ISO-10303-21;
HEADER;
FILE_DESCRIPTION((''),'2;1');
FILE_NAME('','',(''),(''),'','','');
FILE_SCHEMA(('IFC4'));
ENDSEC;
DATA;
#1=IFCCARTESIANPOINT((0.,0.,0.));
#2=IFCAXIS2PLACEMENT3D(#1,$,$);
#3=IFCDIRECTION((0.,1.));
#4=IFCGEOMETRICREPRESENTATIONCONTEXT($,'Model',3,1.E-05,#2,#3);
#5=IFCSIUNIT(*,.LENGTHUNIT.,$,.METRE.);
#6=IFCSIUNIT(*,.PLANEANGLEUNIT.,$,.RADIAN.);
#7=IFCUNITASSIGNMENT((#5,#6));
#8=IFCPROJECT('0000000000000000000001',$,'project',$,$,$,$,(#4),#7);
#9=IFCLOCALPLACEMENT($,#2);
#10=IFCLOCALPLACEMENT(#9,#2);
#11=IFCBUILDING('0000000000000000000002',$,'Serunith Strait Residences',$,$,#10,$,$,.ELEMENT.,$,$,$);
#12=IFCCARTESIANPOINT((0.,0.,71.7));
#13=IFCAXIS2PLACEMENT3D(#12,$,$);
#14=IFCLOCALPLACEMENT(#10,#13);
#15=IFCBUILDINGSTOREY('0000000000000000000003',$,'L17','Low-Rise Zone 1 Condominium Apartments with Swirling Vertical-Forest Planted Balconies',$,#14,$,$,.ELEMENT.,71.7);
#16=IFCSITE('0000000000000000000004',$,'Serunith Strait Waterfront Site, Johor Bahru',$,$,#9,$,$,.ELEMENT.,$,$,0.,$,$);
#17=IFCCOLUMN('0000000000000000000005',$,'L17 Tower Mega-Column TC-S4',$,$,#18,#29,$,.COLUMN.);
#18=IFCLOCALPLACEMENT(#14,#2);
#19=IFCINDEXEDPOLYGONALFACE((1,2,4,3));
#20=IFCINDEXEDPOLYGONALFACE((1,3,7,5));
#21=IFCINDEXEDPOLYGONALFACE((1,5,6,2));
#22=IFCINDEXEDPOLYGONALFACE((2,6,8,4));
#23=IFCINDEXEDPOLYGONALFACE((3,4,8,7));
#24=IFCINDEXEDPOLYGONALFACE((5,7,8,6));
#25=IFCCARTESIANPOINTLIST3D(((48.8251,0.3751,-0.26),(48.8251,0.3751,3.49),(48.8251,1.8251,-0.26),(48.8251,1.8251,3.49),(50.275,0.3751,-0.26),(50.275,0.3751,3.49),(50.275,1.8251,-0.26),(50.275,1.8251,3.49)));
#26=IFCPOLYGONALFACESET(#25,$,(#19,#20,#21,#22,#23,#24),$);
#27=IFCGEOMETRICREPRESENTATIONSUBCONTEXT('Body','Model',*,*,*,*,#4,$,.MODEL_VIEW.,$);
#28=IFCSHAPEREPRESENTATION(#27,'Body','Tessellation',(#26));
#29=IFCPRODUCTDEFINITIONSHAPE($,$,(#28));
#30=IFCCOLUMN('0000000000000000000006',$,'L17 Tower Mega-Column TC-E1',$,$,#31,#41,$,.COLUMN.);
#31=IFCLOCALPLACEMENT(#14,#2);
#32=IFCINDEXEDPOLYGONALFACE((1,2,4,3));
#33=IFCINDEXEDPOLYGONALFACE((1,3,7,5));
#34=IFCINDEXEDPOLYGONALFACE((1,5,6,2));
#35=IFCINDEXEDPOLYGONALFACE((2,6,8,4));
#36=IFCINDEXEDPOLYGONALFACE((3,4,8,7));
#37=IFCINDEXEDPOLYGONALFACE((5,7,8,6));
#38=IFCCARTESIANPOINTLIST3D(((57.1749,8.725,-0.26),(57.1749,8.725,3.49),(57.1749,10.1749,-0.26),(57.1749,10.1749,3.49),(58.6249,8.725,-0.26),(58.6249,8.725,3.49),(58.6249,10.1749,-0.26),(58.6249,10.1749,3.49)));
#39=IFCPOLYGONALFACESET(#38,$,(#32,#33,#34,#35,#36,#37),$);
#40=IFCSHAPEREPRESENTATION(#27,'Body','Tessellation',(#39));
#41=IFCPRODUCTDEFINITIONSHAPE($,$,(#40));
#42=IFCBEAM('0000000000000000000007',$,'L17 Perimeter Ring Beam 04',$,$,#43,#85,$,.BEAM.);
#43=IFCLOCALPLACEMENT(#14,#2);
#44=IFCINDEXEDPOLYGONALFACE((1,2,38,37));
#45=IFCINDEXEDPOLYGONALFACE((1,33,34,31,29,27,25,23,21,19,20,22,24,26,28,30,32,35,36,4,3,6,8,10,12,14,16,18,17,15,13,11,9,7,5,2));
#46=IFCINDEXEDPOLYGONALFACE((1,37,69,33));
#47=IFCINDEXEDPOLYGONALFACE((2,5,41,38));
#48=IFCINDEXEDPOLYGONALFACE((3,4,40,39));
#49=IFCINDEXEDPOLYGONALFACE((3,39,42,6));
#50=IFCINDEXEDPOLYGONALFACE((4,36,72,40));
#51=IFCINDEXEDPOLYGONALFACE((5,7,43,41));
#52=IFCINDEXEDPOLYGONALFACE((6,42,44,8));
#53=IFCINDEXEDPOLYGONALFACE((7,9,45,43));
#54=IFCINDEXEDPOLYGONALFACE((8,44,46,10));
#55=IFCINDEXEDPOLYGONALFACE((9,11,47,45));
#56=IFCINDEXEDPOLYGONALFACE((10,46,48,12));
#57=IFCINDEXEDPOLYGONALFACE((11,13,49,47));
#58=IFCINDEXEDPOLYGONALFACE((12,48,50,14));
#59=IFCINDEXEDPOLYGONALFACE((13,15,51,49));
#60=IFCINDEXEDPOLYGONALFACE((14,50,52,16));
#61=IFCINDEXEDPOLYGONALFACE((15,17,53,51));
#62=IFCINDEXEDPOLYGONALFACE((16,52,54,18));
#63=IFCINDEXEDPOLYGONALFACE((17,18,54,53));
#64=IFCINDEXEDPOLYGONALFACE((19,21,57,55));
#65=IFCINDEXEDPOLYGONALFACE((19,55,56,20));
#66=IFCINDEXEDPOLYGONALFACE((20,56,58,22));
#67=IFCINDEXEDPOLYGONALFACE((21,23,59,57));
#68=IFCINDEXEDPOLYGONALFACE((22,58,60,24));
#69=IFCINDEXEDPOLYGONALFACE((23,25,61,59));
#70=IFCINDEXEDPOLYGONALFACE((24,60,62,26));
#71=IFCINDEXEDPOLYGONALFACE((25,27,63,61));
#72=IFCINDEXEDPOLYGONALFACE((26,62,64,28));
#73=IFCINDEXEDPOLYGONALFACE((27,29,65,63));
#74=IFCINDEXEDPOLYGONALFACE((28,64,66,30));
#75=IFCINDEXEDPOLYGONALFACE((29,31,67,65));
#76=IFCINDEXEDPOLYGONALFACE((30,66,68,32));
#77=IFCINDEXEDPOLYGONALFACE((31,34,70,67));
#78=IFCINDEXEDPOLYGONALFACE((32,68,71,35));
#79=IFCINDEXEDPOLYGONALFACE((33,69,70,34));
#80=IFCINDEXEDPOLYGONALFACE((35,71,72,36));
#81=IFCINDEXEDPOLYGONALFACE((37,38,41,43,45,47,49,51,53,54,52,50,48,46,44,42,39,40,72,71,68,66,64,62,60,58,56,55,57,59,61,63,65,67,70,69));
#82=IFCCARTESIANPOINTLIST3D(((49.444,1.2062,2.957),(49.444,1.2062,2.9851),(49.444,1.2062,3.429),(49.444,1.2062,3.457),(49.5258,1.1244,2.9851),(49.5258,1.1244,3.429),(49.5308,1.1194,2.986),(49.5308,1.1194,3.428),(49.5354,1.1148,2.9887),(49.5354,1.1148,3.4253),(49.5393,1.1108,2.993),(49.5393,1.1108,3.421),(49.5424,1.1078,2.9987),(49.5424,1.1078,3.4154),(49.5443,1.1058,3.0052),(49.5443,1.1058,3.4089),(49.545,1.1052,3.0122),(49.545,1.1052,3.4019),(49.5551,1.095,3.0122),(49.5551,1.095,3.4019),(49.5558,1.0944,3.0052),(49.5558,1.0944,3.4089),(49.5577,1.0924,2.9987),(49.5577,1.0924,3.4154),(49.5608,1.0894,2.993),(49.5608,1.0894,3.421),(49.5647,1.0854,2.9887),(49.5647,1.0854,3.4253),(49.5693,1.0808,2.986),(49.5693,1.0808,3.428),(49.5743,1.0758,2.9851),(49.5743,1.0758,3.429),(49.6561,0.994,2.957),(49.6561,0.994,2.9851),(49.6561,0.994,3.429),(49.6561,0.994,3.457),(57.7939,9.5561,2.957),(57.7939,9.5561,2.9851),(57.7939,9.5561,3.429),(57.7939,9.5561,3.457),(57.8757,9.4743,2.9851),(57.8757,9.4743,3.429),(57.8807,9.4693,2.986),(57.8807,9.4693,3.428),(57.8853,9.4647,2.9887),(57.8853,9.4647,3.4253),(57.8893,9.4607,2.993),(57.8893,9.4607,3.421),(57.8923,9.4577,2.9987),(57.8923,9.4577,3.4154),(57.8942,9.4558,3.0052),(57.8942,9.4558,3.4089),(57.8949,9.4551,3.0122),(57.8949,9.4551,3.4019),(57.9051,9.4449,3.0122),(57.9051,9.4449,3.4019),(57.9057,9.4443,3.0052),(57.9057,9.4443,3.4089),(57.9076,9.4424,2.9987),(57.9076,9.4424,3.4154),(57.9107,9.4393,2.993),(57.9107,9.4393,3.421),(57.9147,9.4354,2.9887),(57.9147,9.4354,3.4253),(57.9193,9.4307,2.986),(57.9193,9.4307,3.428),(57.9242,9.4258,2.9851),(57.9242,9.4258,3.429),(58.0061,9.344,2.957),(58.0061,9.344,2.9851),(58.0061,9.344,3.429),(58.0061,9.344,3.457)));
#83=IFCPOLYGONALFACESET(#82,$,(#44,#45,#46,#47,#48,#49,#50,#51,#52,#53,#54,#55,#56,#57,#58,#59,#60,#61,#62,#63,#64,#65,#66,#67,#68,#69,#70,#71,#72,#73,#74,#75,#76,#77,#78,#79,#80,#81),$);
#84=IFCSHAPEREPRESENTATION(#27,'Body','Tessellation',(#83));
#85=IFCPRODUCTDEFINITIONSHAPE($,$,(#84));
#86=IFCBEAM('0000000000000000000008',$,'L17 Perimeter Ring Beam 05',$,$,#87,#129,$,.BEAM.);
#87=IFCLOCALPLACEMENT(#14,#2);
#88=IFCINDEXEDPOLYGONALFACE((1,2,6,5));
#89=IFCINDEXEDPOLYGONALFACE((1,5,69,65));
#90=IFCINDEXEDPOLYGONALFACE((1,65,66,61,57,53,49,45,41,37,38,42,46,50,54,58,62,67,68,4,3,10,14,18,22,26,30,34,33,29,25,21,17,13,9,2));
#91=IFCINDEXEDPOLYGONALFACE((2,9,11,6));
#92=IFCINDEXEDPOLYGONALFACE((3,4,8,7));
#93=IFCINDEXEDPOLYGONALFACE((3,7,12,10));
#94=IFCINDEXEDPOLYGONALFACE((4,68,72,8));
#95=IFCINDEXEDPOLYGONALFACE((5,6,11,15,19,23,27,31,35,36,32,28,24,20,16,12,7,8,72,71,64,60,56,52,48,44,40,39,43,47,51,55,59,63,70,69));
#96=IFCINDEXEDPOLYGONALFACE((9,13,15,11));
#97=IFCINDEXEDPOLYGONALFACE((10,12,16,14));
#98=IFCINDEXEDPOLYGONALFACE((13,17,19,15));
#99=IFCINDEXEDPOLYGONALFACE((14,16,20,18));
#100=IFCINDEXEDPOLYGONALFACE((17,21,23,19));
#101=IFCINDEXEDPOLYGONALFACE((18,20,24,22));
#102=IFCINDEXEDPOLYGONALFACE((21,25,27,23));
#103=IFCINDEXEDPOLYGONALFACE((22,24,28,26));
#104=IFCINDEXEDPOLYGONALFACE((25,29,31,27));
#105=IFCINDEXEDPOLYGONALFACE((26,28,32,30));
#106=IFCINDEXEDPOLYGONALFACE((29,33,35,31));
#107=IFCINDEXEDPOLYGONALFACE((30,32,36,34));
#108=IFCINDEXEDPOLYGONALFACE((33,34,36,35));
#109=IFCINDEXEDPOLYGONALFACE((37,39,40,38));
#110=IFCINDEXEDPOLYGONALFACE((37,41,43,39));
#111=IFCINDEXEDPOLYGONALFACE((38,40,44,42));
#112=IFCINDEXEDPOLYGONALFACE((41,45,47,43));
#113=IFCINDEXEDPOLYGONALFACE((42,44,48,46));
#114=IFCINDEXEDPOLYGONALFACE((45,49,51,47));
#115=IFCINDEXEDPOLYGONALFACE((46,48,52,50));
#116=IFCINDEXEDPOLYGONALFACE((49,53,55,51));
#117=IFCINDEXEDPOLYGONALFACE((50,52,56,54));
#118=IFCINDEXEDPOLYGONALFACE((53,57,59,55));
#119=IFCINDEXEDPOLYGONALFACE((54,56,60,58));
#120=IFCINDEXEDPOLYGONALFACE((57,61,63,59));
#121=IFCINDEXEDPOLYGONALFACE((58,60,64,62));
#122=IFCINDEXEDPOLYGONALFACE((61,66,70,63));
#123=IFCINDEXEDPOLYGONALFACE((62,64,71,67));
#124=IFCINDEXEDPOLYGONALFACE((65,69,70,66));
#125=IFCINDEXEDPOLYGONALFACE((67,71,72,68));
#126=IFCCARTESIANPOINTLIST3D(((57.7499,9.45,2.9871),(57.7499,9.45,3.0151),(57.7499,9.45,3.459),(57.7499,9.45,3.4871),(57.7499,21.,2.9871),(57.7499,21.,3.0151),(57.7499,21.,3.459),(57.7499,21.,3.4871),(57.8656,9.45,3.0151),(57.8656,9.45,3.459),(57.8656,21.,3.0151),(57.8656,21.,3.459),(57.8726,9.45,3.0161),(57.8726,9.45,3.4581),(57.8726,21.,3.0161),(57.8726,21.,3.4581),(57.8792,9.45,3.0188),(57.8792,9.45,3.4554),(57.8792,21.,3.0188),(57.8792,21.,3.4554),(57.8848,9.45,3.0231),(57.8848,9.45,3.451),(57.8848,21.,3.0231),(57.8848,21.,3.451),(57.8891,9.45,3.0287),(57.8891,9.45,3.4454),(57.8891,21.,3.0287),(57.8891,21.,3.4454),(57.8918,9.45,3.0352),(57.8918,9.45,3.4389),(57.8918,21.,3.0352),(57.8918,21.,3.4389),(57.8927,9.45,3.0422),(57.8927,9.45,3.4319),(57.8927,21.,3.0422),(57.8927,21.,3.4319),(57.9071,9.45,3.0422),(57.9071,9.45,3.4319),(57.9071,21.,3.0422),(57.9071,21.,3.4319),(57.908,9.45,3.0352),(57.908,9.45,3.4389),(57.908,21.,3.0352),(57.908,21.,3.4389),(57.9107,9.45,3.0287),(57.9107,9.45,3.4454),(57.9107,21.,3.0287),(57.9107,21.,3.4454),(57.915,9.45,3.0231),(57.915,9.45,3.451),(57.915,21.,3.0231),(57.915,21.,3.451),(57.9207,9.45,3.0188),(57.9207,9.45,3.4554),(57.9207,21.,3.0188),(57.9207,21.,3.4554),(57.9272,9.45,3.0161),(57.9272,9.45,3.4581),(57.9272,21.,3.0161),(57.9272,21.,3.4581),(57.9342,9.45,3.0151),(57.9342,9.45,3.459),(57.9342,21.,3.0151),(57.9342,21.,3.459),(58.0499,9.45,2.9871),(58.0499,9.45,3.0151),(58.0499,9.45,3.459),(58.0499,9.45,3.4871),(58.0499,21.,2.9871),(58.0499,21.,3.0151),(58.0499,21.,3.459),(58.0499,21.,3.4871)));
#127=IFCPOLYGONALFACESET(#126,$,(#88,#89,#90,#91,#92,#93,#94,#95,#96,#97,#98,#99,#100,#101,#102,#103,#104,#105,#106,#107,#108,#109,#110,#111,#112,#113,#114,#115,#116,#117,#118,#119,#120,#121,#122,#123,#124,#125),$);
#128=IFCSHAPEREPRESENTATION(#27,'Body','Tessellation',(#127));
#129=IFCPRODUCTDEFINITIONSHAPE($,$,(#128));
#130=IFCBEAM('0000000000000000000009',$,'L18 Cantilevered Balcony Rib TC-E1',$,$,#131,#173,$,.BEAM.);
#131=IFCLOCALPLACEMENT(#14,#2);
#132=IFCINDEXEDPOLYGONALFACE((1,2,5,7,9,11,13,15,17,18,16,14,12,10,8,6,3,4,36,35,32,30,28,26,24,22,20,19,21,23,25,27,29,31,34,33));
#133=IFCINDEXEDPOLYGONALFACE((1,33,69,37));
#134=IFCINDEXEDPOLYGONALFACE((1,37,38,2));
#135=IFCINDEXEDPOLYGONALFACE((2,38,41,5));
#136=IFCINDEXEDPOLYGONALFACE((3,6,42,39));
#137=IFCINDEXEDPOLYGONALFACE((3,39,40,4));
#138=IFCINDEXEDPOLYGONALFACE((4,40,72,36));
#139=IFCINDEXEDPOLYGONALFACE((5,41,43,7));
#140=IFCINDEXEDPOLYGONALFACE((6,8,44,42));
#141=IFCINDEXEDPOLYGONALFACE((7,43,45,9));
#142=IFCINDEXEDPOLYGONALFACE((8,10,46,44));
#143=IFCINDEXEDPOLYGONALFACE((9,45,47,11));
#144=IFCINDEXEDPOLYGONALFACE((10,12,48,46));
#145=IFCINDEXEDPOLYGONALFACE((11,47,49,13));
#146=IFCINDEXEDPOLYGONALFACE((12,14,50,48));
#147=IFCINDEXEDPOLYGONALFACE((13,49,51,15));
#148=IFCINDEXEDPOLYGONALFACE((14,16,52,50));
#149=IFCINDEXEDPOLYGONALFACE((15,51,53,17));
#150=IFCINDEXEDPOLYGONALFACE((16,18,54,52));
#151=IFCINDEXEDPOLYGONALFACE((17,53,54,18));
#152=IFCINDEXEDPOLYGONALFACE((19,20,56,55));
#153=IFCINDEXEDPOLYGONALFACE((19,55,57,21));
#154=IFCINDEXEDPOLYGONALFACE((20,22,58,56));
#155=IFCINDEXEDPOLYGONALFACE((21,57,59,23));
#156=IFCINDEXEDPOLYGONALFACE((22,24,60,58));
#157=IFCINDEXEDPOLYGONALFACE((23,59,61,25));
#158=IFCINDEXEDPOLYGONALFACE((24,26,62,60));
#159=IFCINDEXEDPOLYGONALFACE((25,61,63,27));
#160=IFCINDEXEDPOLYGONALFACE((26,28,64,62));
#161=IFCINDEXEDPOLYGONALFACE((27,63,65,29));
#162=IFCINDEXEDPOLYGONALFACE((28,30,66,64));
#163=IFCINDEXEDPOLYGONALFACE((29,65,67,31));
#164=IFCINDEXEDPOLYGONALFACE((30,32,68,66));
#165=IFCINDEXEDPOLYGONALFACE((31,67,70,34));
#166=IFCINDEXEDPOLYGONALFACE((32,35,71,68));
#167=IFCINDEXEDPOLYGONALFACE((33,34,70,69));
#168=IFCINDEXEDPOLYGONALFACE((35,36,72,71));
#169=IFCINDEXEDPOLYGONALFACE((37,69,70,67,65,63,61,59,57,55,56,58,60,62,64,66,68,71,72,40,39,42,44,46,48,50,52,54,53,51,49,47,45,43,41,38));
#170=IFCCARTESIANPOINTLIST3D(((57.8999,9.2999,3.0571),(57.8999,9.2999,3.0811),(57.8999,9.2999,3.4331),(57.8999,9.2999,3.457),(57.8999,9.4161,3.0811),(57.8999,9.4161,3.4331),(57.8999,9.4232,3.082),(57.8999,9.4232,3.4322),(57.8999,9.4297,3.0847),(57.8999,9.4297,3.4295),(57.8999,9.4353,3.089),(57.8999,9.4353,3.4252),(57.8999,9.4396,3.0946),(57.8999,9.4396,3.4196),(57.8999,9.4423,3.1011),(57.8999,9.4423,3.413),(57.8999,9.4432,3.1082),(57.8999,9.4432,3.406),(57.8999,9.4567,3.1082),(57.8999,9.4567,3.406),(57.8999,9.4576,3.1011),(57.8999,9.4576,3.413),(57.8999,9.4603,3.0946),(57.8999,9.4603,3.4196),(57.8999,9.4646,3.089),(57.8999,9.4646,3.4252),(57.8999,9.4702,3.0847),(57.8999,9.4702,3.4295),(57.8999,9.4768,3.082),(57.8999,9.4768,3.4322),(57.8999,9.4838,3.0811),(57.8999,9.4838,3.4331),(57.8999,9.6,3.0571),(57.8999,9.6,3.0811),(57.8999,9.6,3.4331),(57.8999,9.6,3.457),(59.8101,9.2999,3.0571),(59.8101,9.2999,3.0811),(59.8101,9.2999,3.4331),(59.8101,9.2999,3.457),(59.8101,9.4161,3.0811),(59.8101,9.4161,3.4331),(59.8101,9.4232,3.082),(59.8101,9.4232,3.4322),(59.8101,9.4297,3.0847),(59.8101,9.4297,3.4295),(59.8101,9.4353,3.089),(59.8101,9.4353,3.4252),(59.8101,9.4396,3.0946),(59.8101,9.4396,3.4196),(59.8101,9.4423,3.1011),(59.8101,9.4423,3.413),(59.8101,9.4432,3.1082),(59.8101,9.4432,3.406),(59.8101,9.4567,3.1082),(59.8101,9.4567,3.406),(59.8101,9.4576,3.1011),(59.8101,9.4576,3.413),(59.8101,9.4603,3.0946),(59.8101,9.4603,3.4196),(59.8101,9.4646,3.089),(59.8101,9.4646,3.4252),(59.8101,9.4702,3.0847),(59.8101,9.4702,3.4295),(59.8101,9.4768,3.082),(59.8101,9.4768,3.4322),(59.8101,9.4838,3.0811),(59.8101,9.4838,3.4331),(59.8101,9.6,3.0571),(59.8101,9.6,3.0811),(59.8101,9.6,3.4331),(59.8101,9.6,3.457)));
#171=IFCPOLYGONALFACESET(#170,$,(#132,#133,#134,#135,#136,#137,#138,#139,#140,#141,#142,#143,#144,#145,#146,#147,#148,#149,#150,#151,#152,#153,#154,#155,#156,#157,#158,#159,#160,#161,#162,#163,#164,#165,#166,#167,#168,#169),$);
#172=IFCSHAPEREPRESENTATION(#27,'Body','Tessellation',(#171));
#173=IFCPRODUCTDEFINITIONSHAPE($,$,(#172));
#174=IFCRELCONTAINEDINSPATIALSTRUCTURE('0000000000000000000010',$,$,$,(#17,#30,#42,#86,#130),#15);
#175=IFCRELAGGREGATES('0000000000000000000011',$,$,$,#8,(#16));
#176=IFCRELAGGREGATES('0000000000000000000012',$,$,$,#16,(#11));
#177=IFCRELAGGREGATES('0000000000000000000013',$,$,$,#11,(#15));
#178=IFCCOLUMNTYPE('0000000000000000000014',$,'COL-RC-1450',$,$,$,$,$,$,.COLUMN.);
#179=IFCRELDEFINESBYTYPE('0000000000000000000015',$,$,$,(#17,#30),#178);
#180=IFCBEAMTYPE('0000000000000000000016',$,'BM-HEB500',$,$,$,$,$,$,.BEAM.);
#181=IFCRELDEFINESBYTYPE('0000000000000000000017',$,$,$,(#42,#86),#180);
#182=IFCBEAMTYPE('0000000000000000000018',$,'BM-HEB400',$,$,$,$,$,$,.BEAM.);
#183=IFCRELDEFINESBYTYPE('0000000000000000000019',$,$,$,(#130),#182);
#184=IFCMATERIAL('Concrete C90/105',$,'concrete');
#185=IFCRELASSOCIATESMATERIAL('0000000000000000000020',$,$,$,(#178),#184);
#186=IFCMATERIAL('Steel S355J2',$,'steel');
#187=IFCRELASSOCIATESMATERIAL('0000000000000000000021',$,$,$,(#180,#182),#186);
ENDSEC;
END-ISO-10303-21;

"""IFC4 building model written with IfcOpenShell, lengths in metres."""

from ifc_helpers import new_model, si_unit, direction, frame, origin, origin_2d, place, context, subcontext, project, spatial, rectangle, i_section, extrude, source, transform, mapped, material, material_profile, profile_set, type_object, element, save


model = new_model("IFC4")

# Units and contexts
model_context = context("Model", 3, precision=1e-05, world=origin(), true_north=direction((0.0, 1.0)))
body_context = subcontext(model_context, "Body", "Model", "MODEL_VIEW")
ifc_project = project(units=[si_unit("LENGTHUNIT", "METRE"), si_unit("PLANEANGLEUNIT", "RADIAN")], contexts=[model_context])

# Site, building, storey
site_placement = place(None, origin())
site = spatial("IfcSite", under=ifc_project, at=site_placement, Name="Serunith Strait Waterfront Site, Johor Bahru", CompositionType="ELEMENT", RefElevation=0.0)
building_placement = place(site_placement, origin())
building = spatial("IfcBuilding", under=site, at=building_placement, Name="Serunith Strait Residences", CompositionType="ELEMENT")
storey_placement = place(building_placement, frame((0.0, 0.0, 71.7)))
storey = spatial("IfcBuildingStorey", under=building, at=storey_placement, Name="L17", Description="Low-Rise Zone 1 Condominium Apartments with Swirling Vertical-Forest Planted Balconies", CompositionType="ELEMENT", Elevation=71.7)

# Columns
ifc_material_1 = material(Name="Concrete C90/105", Category="concrete")
ifc_material_profile_1 = material_profile(ifc_material_1, rectangle(XDim=1.45, YDim=1.45, at=origin_2d()), Name="RC 1450x1450")
ifc_profile_set_1 = profile_set([ifc_material_profile_1], Name="Concrete C90/105")
column_type = type_object("IfcColumnType", Name="COL-RC-1450", PredefinedType="COLUMN", material=ifc_profile_set_1)
shared_shape_1 = source(origin(), body_context, "Body", "SweptSolid", [
    extrude(rectangle(XDim=1.45, YDim=1.45, at=origin_2d()), origin(), (0.0, 0.0, 1.0), 3.75),
])
for number, where, z_axis, x_axis, name in (
    (1, (49.55, 1.1001, -0.26), (0.0, 0.0, 1.0), (1.0, 0.0, 0.0), "L17 Tower Mega-Column TC-S4"),
    (2, (57.8999, 9.45, -0.26), (0.0, 0.0, 1.0), (1.0, 0.0, 0.0), "L17 Tower Mega-Column TC-E1"),
):
    element("IfcColumn", number, at=place(storey_placement, frame(where, z_axis=z_axis, x_axis=x_axis)), inside=storey, type_object=column_type, Name=name, PredefinedType="COLUMN", context=body_context, shape_type="MappedRepresentation", body=[
        mapped(shared_shape_1, transform((0.0, 0.0, 0.0), scale=1.0)),
    ])

# Beams
ifc_material_2 = material(Name="Steel S355J2", Category="steel")
ifc_material_profile_2 = material_profile(ifc_material_2, i_section(OverallWidth=0.3, OverallDepth=0.5, WebThickness=0.0144, FlangeThickness=0.0281, FilletRadius=0.0271, at=origin_2d()), Name="HEB 500")
ifc_profile_set_2 = profile_set([ifc_material_profile_2], Name="Steel S355J2")
beam_type_1 = type_object("IfcBeamType", Name="BM-HEB500", PredefinedType="BEAM", material=ifc_profile_set_2)
shared_shape_2 = source(origin(), body_context, "Body", "SweptSolid", [
    extrude(i_section(OverallWidth=0.3, OverallDepth=0.5, WebThickness=0.0144, FlangeThickness=0.0281, FilletRadius=0.0271, at=origin_2d()), origin(), (0.0, 0.0, 1.0), 11.8086),
])
beam_1_placement = place(storey_placement, frame((49.55, 1.1001, 3.207), z_axis=(0.707107, 0.707107, 0.0), x_axis=(-0.707107, 0.707107, 0.0)))
element("IfcBeam", 3, at=beam_1_placement, inside=storey, type_object=beam_type_1, Name="L17 Perimeter Ring Beam 04", PredefinedType="BEAM", context=body_context, shape_type="MappedRepresentation", body=[
    mapped(shared_shape_2, transform((0.0, 0.0, 0.0), scale=1.0)),
])
shared_shape_3 = source(origin(), body_context, "Body", "SweptSolid", [
    extrude(i_section(OverallWidth=0.3, OverallDepth=0.5, WebThickness=0.0144, FlangeThickness=0.0281, FilletRadius=0.0271, at=origin_2d()), origin(), (0.0, 0.0, 1.0), 11.55),
])
beam_2_placement = place(storey_placement, frame((57.8999, 9.45, 3.2371), z_axis=(0.0, 1.0, 0.0), x_axis=(-1.0, 0.0, 0.0)))
element("IfcBeam", 4, at=beam_2_placement, inside=storey, type_object=beam_type_1, Name="L17 Perimeter Ring Beam 05", PredefinedType="BEAM", context=body_context, shape_type="MappedRepresentation", body=[
    mapped(shared_shape_3, transform((0.0, 0.0, 0.0), scale=1.0)),
])
ifc_material_profile_3 = material_profile(ifc_material_2, i_section(OverallWidth=0.3, OverallDepth=0.3999, WebThickness=0.0134, FlangeThickness=0.0239, FilletRadius=0.0271, at=origin_2d()), Name="HEB 400")
ifc_profile_set_3 = profile_set([ifc_material_profile_3], Name="Steel S355J2")
beam_type_2 = type_object("IfcBeamType", Name="BM-HEB400", PredefinedType="BEAM", material=ifc_profile_set_3)
shared_shape_4 = source(origin(), body_context, "Body", "SweptSolid", [
    extrude(i_section(OverallWidth=0.3, OverallDepth=0.3999, WebThickness=0.0134, FlangeThickness=0.0239, FilletRadius=0.0271, at=origin_2d()), origin(), (0.0, 0.0, 1.0), 1.9102),
])
beam_3_placement = place(storey_placement, frame((57.8999, 9.45, 3.2571), z_axis=(1.0, 0.0, 0.0), x_axis=(0.0, 1.0, 0.0)))
element("IfcBeam", 5, at=beam_3_placement, inside=storey, type_object=beam_type_2, Name="L18 Cantilevered Balcony Rib TC-E1", PredefinedType="BEAM", context=body_context, shape_type="MappedRepresentation", body=[
    mapped(shared_shape_4, transform((0.0, 0.0, 0.0), scale=1.0)),
])

save(model, "model.ifc")
